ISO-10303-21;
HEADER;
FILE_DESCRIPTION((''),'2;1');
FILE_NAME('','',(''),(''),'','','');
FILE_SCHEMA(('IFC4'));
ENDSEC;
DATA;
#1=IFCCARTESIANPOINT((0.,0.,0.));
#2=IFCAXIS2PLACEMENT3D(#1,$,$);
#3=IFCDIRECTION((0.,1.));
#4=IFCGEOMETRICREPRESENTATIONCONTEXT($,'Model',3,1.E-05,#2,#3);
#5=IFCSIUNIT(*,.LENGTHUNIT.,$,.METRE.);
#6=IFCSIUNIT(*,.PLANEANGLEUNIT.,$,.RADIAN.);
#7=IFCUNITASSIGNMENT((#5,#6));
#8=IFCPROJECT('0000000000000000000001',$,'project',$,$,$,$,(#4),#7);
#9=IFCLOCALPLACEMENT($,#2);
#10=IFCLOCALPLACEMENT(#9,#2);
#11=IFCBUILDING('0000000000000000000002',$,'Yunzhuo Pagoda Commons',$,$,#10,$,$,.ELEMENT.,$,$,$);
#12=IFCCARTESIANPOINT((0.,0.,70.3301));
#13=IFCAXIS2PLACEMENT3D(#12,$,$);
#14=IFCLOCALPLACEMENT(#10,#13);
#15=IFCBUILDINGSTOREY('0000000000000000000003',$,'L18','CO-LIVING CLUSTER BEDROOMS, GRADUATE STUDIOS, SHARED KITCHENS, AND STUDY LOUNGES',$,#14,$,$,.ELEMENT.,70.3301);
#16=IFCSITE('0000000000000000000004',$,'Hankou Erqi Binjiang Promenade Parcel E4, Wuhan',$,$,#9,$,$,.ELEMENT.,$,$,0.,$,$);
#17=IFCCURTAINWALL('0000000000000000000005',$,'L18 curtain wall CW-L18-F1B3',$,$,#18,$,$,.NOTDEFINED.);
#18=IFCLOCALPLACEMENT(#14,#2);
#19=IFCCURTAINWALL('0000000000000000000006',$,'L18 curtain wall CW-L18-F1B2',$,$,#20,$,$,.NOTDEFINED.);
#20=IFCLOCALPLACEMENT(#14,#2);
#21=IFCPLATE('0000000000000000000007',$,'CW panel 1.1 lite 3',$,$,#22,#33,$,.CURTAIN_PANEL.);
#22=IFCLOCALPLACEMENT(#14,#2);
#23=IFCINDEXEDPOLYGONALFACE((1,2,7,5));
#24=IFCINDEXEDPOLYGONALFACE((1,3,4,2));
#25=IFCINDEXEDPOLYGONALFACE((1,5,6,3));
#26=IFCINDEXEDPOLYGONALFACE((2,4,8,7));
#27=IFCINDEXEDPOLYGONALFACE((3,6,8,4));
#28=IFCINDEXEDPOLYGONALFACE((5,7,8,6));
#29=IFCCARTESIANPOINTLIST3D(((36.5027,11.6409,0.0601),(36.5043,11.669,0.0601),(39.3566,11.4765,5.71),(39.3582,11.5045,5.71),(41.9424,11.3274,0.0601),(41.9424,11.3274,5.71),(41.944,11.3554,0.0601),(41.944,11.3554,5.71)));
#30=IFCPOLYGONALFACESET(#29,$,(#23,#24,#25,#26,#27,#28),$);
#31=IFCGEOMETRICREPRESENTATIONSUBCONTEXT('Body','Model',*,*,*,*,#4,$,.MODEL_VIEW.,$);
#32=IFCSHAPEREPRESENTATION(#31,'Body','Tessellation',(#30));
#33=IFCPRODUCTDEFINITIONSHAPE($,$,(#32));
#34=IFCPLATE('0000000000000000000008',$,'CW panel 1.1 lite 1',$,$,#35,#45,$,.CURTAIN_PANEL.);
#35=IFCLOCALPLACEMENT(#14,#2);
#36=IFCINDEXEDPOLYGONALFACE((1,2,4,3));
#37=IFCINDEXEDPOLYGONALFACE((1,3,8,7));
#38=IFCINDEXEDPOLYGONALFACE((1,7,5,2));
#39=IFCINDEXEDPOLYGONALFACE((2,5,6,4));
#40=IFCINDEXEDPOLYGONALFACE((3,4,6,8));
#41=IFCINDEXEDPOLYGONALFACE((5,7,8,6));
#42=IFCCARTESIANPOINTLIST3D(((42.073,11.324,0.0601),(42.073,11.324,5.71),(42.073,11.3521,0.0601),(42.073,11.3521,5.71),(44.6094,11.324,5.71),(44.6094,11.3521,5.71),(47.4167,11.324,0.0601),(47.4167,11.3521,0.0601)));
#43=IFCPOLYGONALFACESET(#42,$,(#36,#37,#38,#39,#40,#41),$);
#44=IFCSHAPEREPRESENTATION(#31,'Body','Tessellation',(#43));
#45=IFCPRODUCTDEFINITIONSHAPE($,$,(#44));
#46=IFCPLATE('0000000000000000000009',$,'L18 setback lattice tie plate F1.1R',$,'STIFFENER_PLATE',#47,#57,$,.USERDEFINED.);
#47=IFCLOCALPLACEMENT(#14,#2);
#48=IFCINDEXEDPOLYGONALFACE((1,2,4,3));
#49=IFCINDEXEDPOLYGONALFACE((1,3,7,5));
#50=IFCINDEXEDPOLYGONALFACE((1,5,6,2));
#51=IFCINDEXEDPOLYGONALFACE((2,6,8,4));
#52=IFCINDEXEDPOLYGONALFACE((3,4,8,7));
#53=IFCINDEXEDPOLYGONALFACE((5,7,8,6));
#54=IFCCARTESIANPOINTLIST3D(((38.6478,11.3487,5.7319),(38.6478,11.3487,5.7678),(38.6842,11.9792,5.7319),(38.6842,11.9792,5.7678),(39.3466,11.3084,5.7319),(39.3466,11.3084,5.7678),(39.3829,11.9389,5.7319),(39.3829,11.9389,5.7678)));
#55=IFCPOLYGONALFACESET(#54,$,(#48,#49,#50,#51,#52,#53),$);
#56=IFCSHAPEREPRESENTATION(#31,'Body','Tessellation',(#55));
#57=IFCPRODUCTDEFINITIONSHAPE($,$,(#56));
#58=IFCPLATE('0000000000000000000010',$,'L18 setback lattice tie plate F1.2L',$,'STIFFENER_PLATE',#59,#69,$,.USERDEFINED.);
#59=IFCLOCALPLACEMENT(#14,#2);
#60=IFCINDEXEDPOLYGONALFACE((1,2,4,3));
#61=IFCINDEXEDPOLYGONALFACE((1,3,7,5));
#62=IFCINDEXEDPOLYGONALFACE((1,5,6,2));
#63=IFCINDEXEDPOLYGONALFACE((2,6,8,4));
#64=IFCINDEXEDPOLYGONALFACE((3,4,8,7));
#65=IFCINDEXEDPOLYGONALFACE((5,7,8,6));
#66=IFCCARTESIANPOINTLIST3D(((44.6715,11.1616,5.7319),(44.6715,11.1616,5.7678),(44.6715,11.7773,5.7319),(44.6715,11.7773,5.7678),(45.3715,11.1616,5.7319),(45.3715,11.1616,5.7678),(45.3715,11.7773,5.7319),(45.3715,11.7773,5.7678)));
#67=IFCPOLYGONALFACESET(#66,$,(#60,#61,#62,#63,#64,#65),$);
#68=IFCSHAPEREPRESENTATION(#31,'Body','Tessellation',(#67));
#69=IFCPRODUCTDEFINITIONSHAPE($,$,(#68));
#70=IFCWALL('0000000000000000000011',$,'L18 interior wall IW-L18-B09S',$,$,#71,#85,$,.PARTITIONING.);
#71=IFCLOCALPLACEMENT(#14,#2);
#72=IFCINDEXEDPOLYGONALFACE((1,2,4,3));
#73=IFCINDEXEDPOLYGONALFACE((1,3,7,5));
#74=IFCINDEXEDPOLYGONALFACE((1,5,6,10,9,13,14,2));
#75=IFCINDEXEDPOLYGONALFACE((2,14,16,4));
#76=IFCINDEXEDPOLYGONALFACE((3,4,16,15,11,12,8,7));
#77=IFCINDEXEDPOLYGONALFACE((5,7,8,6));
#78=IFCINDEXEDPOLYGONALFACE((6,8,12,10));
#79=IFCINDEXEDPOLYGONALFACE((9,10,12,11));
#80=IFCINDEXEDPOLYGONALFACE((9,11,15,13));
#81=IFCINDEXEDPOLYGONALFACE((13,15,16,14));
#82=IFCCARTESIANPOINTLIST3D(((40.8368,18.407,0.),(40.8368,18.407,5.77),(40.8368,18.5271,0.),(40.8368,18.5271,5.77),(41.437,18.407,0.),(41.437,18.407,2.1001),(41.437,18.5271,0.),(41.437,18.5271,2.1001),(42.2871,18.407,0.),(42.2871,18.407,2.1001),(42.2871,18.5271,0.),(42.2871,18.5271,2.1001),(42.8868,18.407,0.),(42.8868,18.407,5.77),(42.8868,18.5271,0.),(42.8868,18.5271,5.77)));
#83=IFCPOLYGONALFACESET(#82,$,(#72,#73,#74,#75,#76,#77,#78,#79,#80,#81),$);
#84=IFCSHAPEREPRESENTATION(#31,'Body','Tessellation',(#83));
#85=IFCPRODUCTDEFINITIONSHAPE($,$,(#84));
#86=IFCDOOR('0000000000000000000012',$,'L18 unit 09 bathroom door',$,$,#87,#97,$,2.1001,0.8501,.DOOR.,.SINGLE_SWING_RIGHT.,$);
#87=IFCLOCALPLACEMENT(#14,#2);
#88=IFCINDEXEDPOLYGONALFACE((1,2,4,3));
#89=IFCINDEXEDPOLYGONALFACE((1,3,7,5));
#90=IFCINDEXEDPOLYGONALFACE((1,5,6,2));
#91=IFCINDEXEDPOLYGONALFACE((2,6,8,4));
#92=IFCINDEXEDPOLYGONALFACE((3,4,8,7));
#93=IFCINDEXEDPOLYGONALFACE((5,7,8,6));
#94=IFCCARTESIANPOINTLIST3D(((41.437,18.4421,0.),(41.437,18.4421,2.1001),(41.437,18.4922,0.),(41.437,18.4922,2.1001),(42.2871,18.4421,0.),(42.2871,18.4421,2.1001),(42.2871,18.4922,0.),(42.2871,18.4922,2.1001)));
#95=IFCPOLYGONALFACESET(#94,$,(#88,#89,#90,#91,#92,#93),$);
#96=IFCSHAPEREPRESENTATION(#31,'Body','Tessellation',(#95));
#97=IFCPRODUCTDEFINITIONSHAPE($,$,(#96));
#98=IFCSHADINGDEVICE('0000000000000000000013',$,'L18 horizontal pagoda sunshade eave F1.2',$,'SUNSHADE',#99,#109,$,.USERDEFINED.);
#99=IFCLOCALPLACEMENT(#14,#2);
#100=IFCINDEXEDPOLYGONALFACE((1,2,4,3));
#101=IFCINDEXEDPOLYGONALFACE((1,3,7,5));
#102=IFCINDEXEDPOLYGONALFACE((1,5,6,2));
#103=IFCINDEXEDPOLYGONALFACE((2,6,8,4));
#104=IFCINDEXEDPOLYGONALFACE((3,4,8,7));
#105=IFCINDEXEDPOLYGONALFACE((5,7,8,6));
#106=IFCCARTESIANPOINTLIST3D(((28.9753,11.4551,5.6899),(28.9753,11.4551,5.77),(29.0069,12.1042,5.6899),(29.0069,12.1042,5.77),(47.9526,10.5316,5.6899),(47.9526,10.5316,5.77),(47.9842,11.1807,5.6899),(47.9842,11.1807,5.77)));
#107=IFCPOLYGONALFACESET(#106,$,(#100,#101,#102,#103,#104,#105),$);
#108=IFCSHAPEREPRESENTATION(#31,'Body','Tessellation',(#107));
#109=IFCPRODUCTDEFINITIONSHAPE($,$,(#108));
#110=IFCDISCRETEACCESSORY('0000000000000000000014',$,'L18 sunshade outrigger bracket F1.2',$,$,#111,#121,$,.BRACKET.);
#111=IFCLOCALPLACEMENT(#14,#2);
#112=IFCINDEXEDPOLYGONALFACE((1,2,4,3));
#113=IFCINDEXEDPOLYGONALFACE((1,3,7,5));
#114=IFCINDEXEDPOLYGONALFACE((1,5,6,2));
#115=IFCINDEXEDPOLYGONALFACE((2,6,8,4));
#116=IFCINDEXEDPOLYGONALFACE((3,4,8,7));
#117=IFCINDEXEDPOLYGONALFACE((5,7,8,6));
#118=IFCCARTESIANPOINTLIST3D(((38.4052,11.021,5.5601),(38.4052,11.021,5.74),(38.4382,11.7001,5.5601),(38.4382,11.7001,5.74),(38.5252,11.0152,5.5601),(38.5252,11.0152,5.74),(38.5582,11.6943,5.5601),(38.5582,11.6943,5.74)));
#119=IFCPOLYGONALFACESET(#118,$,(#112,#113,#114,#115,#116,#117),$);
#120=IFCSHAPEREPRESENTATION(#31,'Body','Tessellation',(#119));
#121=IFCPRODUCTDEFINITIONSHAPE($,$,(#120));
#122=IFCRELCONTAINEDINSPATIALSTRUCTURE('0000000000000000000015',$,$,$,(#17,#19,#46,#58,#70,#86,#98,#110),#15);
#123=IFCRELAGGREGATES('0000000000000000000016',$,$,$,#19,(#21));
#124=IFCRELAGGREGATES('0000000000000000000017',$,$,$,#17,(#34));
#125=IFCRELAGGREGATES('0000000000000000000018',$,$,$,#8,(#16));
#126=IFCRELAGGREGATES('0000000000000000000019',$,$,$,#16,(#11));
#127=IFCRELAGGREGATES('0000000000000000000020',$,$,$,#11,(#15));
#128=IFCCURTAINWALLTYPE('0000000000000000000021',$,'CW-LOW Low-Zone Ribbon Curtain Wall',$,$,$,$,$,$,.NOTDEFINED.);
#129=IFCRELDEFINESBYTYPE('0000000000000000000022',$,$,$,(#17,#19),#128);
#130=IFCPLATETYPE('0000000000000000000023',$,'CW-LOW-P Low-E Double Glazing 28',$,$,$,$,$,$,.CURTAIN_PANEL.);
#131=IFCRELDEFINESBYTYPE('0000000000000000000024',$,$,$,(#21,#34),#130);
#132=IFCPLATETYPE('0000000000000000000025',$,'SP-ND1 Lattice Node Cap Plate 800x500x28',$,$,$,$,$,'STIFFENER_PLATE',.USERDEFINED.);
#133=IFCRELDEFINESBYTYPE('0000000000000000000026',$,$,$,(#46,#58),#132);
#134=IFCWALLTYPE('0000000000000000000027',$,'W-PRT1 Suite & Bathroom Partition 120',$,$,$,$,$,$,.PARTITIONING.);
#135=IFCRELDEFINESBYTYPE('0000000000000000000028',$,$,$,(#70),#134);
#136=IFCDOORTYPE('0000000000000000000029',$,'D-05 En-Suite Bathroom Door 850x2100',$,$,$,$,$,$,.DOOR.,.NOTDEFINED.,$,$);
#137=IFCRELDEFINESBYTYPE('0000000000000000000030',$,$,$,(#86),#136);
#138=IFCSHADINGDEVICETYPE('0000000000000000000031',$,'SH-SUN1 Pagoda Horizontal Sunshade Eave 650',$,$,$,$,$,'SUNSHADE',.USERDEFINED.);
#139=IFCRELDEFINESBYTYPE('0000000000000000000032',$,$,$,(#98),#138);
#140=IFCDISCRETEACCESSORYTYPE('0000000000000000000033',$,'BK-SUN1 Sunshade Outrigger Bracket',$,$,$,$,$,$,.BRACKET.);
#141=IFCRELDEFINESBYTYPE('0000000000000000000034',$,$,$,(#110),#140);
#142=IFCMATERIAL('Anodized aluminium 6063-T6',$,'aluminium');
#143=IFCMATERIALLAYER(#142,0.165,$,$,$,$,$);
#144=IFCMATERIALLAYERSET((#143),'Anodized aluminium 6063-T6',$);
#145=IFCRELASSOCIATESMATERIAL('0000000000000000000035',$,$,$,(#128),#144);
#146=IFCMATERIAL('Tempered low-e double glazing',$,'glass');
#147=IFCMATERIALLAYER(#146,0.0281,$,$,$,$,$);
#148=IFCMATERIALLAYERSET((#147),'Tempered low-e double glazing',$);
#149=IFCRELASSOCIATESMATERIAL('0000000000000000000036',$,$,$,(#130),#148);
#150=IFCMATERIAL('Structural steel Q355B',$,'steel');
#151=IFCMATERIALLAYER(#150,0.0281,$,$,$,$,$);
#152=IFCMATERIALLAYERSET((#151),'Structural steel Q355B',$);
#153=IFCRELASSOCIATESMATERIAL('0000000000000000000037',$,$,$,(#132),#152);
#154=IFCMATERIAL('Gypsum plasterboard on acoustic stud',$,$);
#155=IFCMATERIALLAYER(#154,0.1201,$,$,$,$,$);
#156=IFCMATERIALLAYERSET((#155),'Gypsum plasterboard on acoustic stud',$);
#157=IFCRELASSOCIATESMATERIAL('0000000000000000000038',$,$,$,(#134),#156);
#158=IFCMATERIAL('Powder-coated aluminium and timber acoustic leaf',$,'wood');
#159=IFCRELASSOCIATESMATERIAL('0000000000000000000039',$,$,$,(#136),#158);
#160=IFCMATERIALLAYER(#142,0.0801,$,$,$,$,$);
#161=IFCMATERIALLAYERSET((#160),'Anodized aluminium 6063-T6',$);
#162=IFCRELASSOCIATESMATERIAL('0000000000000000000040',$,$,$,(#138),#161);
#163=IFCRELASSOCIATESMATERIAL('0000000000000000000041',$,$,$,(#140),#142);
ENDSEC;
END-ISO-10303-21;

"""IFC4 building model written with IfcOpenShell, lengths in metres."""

from ifc_helpers import new_model, si_unit, direction, frame, frame_2d, origin, origin_2d, place, context, subcontext, project, spatial, polyline, rectangle, outline, extrude, source, transform, mapped, material, layer, layer_set, type_object, element, fill, aggregate, save


model = new_model("IFC4")

# Units and contexts
model_context = context("Model", 3, precision=1e-05, world=origin(), true_north=direction((0.0, 1.0)))
body_context = subcontext(model_context, "Body", "Model", "MODEL_VIEW")
ifc_project = project(units=[si_unit("LENGTHUNIT", "METRE"), si_unit("PLANEANGLEUNIT", "RADIAN")], contexts=[model_context])

# Site, building, storey
site_placement = place(None, origin())
site = spatial("IfcSite", under=ifc_project, at=site_placement, Name="Hankou Erqi Binjiang Promenade Parcel E4, Wuhan", CompositionType="ELEMENT", RefElevation=0.0)
building_placement = place(site_placement, origin())
building = spatial("IfcBuilding", under=site, at=building_placement, Name="Yunzhuo Pagoda Commons", CompositionType="ELEMENT")
storey_placement = place(building_placement, frame((0.0, 0.0, 70.3301)))
storey = spatial("IfcBuildingStorey", under=building, at=storey_placement, Name="L18", Description="CO-LIVING CLUSTER BEDROOMS, GRADUATE STUDIOS, SHARED KITCHENS, AND STUDY LOUNGES", CompositionType="ELEMENT", Elevation=70.3301)

# Shared definitions
ifc_material_1 = material(Name="Structural steel Q355B", Category="steel")

# Curtain wall
ifc_material_2 = material(Name="Anodized aluminium 6063-T6", Category="aluminium")
ifc_layer_1 = layer(ifc_material_2, 0.165)
ifc_layer_set_1 = layer_set([ifc_layer_1], Name="Anodized aluminium 6063-T6")
curtain_wall_type = type_object("IfcCurtainWallType", Name="CW-LOW Low-Zone Ribbon Curtain Wall", PredefinedType="NOTDEFINED", material=ifc_layer_set_1)
curtain_wall_1_placement = place(storey_placement, origin())
curtain_wall_1 = element("IfcCurtainWall", 1, at=curtain_wall_1_placement, inside=storey, type_object=curtain_wall_type, Name="L18 curtain wall CW-L18-F1B3", PredefinedType="NOTDEFINED")

# Curtain wall, plate
curtain_wall_2_placement = place(storey_placement, origin())
curtain_wall_2 = element("IfcCurtainWall", 2, at=curtain_wall_2_placement, inside=storey, type_object=curtain_wall_type, Name="L18 curtain wall CW-L18-F1B2", PredefinedType="NOTDEFINED")
ifc_material_3 = material(Name="Tempered low-e double glazing", Category="glass")
ifc_layer_2 = layer(ifc_material_3, 0.0281)
ifc_layer_set_2 = layer_set([ifc_layer_2], Name="Tempered low-e double glazing")
plate_type_1 = type_object("IfcPlateType", Name="CW-LOW-P Low-E Double Glazing 28", PredefinedType="CURTAIN_PANEL", material=ifc_layer_set_2)
plate_1_placement = place(storey_placement, frame((39.2241, 11.5122, 2.885), z_axis=(-0.057542, -0.998343, 0.0), x_axis=(0.998343, -0.057542, 0.0)))
plate_1 = element("IfcPlate", 3, at=plate_1_placement, type_object=plate_type_1, Name="CW panel 1.1 lite 3", PredefinedType="CURTAIN_PANEL", context=body_context, shape_type="SweptSolid", body=[
    extrude(outline(polyline([(-2.7244, -2.825), (2.7244, -2.825), (2.7244, 2.825), (0.1343, 2.825), (-2.7244, -2.825)])), origin(), (0.0, 0.0, 1.0), 0.0281),
])
aggregate(curtain_wall_2, [plate_1])

# Plate
plate_2_placement = place(storey_placement, frame((44.7449, 11.3521, 2.885), z_axis=(0.0, -1.0, 0.0), x_axis=(1.0, 0.0, 0.0)))
plate_2 = element("IfcPlate", 4, at=plate_2_placement, type_object=plate_type_1, Name="CW panel 1.1 lite 1", PredefinedType="CURTAIN_PANEL", context=body_context, shape_type="SweptSolid", body=[
    extrude(outline(polyline([(-2.6719, -2.825), (2.6719, -2.825), (-0.1355, 2.825), (-2.6719, 2.825), (-2.6719, -2.825)])), origin(), (0.0, 0.0, 1.0), 0.0281),
])
aggregate(curtain_wall_1, [plate_2])

# Plates
ifc_layer_3 = layer(ifc_material_1, 0.0281)
ifc_layer_set_3 = layer_set([ifc_layer_3], Name="Structural steel Q355B")
plate_type_2 = type_object("IfcPlateType", Name="SP-ND1 Lattice Node Cap Plate 800x500x28", ElementType="STIFFENER_PLATE", PredefinedType="USERDEFINED", material=ifc_layer_set_3)
shared_shape_1 = source(origin(), body_context, "Body", "SweptSolid", [
    extrude(rectangle(XDim=0.7, YDim=0.6316, at=origin_2d()), origin(), (0.0, 0.0, 1.0), 0.0359),
])
plate_3_placement = place(storey_placement, frame((39.0154, 11.6438, 5.7319), z_axis=(0.0, 0.0, 1.0), x_axis=(0.998343, -0.057547, 0.0)))
element("IfcPlate", 5, at=plate_3_placement, inside=storey, type_object=plate_type_2, Name="L18 setback lattice tie plate F1.1R", ObjectType="STIFFENER_PLATE", PredefinedType="USERDEFINED", context=body_context, shape_type="MappedRepresentation", body=[
    mapped(shared_shape_1, transform((0.0, 0.0, 0.0), scale=1.0)),
])
shared_shape_2 = source(origin(), body_context, "Body", "SweptSolid", [
    extrude(rectangle(XDim=0.7, YDim=0.6157, at=origin_2d()), origin(), (0.0, 0.0, 1.0), 0.0359),
])
plate_4_placement = place(storey_placement, frame((45.0215, 11.4695, 5.7319), z_axis=(0.0, 0.0, 1.0), x_axis=(1.0, 0.0, 0.0)))
element("IfcPlate", 6, at=plate_4_placement, inside=storey, type_object=plate_type_2, Name="L18 setback lattice tie plate F1.2L", ObjectType="STIFFENER_PLATE", PredefinedType="USERDEFINED", context=body_context, shape_type="MappedRepresentation", body=[
    mapped(shared_shape_2, transform((0.0, 0.0, 0.0), scale=1.0)),
])

# Wall, opening, door
ifc_material_4 = material(Name="Gypsum plasterboard on acoustic stud")
ifc_layer_4 = layer(ifc_material_4, 0.1201)
ifc_layer_set_4 = layer_set([ifc_layer_4], Name="Gypsum plasterboard on acoustic stud")
wall_type = type_object("IfcWallType", Name="W-PRT1 Suite & Bathroom Partition 120", PredefinedType="PARTITIONING", material=ifc_layer_set_4)
wall_placement = place(storey_placement, frame((40.8369, 18.467, 0.0), z_axis=(0.0, 0.0, 1.0), x_axis=(1.0, 0.0, 0.0)))
wall = element("IfcWall", 7, at=wall_placement, inside=storey, type_object=wall_type, Name="L18 interior wall IW-L18-B09S", PredefinedType="PARTITIONING", context=body_context, shape_type="SweptSolid", body=[
    extrude(rectangle(XDim=2.05, YDim=0.1201, at=frame_2d((1.0249, 0.0))), origin(), (0.0, 0.0, 1.0), 5.77),
])
opening_placement = place(wall_placement, frame((0.6001, 0.0, 0.0)))
opening = element("IfcOpeningElement", 8, at=opening_placement, cuts=wall, PredefinedType="OPENING", context=body_context, shape_type="SweptSolid", body=[
    extrude(rectangle(XDim=0.8501, YDim=2.1001, at=frame_2d((0.425, 1.05))), frame((0.0, 0.0701, 0.0), z_axis=(0.0, -1.0, 0.0), x_axis=(1.0, 0.0, 0.0)), (0.0, 0.0, 1.0), 0.1401),
])
ifc_material_5 = material(Name="Powder-coated aluminium and timber acoustic leaf", Category="wood")
door_type = type_object("IfcDoorType", Name="D-05 En-Suite Bathroom Door 850x2100", OperationType="NOTDEFINED", PredefinedType="DOOR", material=ifc_material_5)
shared_shape_3 = source(origin(), body_context, "Body", "SweptSolid", [
    extrude(rectangle(XDim=0.8501, YDim=2.1001, at=frame_2d((0.425, 1.05))), frame((0.0, 0.0249, 0.0), z_axis=(0.0, -1.0, 0.0), x_axis=(1.0, 0.0, 0.0)), (0.0, 0.0, 1.0), 0.05),
])
door_placement = place(opening_placement, frame((0.8501, 0.0, 0.0), z_axis=(0.0, 0.0, 1.0), x_axis=(-1.0, 0.0, 0.0)))
door = element("IfcDoor", 9, at=door_placement, inside=storey, type_object=door_type, Name="L18 unit 09 bathroom door", OperationType="SINGLE_SWING_RIGHT", OverallHeight=2.1001, OverallWidth=0.8501, PredefinedType="DOOR", context=body_context, shape_type="MappedRepresentation", body=[
    mapped(shared_shape_3, transform((0.0, 0.0, 0.0), scale=1.0)),
])
fill(opening, door)

# Shading device
ifc_layer_5 = layer(ifc_material_2, 0.0801)
ifc_layer_set_5 = layer_set([ifc_layer_5], Name="Anodized aluminium 6063-T6")
shading_device_type = type_object("IfcShadingDeviceType", Name="SH-SUN1 Pagoda Horizontal Sunshade Eave 650", ElementType="SUNSHADE", PredefinedType="USERDEFINED", material=ifc_layer_set_5)
shared_shape_4 = source(origin(), body_context, "Body", "SweptSolid", [
    extrude(rectangle(XDim=18.9998, YDim=0.6499, at=origin_2d()), origin(), (0.0, 0.0, 1.0), 0.0801),
])
shading_device_placement = place(storey_placement, frame((38.4797, 11.3179, 5.6899), z_axis=(0.0, 0.0, 1.0), x_axis=(0.998818, -0.048606, 0.0)))
element("IfcShadingDevice", 10, at=shading_device_placement, inside=storey, type_object=shading_device_type, Name="L18 horizontal pagoda sunshade eave F1.2", ObjectType="SUNSHADE", PredefinedType="USERDEFINED", context=body_context, shape_type="MappedRepresentation", body=[
    mapped(shared_shape_4, transform((0.0, 0.0, 0.0), scale=1.0)),
])

# Discrete accessory
discrete_accessory_type = type_object("IfcDiscreteAccessoryType", Name="BK-SUN1 Sunshade Outrigger Bracket", PredefinedType="BRACKET", material=ifc_material_2)
shared_shape_5 = source(origin(), body_context, "Body", "SweptSolid", [
    extrude(rectangle(XDim=0.1201, YDim=0.6799, at=origin_2d()), origin(), (0.0, 0.0, 1.0), 0.1799),
])
discrete_accessory_placement = place(storey_placement, frame((38.4817, 11.3577, 5.5601), z_axis=(0.0, 0.0, 1.0), x_axis=(0.998818, -0.048606, 0.0)))
element("IfcDiscreteAccessory", 11, at=discrete_accessory_placement, inside=storey, type_object=discrete_accessory_type, Name="L18 sunshade outrigger bracket F1.2", PredefinedType="BRACKET", context=body_context, shape_type="MappedRepresentation", body=[
    mapped(shared_shape_5, transform((0.0, 0.0, 0.0), scale=1.0)),
])

save(model, "model.ifc")
